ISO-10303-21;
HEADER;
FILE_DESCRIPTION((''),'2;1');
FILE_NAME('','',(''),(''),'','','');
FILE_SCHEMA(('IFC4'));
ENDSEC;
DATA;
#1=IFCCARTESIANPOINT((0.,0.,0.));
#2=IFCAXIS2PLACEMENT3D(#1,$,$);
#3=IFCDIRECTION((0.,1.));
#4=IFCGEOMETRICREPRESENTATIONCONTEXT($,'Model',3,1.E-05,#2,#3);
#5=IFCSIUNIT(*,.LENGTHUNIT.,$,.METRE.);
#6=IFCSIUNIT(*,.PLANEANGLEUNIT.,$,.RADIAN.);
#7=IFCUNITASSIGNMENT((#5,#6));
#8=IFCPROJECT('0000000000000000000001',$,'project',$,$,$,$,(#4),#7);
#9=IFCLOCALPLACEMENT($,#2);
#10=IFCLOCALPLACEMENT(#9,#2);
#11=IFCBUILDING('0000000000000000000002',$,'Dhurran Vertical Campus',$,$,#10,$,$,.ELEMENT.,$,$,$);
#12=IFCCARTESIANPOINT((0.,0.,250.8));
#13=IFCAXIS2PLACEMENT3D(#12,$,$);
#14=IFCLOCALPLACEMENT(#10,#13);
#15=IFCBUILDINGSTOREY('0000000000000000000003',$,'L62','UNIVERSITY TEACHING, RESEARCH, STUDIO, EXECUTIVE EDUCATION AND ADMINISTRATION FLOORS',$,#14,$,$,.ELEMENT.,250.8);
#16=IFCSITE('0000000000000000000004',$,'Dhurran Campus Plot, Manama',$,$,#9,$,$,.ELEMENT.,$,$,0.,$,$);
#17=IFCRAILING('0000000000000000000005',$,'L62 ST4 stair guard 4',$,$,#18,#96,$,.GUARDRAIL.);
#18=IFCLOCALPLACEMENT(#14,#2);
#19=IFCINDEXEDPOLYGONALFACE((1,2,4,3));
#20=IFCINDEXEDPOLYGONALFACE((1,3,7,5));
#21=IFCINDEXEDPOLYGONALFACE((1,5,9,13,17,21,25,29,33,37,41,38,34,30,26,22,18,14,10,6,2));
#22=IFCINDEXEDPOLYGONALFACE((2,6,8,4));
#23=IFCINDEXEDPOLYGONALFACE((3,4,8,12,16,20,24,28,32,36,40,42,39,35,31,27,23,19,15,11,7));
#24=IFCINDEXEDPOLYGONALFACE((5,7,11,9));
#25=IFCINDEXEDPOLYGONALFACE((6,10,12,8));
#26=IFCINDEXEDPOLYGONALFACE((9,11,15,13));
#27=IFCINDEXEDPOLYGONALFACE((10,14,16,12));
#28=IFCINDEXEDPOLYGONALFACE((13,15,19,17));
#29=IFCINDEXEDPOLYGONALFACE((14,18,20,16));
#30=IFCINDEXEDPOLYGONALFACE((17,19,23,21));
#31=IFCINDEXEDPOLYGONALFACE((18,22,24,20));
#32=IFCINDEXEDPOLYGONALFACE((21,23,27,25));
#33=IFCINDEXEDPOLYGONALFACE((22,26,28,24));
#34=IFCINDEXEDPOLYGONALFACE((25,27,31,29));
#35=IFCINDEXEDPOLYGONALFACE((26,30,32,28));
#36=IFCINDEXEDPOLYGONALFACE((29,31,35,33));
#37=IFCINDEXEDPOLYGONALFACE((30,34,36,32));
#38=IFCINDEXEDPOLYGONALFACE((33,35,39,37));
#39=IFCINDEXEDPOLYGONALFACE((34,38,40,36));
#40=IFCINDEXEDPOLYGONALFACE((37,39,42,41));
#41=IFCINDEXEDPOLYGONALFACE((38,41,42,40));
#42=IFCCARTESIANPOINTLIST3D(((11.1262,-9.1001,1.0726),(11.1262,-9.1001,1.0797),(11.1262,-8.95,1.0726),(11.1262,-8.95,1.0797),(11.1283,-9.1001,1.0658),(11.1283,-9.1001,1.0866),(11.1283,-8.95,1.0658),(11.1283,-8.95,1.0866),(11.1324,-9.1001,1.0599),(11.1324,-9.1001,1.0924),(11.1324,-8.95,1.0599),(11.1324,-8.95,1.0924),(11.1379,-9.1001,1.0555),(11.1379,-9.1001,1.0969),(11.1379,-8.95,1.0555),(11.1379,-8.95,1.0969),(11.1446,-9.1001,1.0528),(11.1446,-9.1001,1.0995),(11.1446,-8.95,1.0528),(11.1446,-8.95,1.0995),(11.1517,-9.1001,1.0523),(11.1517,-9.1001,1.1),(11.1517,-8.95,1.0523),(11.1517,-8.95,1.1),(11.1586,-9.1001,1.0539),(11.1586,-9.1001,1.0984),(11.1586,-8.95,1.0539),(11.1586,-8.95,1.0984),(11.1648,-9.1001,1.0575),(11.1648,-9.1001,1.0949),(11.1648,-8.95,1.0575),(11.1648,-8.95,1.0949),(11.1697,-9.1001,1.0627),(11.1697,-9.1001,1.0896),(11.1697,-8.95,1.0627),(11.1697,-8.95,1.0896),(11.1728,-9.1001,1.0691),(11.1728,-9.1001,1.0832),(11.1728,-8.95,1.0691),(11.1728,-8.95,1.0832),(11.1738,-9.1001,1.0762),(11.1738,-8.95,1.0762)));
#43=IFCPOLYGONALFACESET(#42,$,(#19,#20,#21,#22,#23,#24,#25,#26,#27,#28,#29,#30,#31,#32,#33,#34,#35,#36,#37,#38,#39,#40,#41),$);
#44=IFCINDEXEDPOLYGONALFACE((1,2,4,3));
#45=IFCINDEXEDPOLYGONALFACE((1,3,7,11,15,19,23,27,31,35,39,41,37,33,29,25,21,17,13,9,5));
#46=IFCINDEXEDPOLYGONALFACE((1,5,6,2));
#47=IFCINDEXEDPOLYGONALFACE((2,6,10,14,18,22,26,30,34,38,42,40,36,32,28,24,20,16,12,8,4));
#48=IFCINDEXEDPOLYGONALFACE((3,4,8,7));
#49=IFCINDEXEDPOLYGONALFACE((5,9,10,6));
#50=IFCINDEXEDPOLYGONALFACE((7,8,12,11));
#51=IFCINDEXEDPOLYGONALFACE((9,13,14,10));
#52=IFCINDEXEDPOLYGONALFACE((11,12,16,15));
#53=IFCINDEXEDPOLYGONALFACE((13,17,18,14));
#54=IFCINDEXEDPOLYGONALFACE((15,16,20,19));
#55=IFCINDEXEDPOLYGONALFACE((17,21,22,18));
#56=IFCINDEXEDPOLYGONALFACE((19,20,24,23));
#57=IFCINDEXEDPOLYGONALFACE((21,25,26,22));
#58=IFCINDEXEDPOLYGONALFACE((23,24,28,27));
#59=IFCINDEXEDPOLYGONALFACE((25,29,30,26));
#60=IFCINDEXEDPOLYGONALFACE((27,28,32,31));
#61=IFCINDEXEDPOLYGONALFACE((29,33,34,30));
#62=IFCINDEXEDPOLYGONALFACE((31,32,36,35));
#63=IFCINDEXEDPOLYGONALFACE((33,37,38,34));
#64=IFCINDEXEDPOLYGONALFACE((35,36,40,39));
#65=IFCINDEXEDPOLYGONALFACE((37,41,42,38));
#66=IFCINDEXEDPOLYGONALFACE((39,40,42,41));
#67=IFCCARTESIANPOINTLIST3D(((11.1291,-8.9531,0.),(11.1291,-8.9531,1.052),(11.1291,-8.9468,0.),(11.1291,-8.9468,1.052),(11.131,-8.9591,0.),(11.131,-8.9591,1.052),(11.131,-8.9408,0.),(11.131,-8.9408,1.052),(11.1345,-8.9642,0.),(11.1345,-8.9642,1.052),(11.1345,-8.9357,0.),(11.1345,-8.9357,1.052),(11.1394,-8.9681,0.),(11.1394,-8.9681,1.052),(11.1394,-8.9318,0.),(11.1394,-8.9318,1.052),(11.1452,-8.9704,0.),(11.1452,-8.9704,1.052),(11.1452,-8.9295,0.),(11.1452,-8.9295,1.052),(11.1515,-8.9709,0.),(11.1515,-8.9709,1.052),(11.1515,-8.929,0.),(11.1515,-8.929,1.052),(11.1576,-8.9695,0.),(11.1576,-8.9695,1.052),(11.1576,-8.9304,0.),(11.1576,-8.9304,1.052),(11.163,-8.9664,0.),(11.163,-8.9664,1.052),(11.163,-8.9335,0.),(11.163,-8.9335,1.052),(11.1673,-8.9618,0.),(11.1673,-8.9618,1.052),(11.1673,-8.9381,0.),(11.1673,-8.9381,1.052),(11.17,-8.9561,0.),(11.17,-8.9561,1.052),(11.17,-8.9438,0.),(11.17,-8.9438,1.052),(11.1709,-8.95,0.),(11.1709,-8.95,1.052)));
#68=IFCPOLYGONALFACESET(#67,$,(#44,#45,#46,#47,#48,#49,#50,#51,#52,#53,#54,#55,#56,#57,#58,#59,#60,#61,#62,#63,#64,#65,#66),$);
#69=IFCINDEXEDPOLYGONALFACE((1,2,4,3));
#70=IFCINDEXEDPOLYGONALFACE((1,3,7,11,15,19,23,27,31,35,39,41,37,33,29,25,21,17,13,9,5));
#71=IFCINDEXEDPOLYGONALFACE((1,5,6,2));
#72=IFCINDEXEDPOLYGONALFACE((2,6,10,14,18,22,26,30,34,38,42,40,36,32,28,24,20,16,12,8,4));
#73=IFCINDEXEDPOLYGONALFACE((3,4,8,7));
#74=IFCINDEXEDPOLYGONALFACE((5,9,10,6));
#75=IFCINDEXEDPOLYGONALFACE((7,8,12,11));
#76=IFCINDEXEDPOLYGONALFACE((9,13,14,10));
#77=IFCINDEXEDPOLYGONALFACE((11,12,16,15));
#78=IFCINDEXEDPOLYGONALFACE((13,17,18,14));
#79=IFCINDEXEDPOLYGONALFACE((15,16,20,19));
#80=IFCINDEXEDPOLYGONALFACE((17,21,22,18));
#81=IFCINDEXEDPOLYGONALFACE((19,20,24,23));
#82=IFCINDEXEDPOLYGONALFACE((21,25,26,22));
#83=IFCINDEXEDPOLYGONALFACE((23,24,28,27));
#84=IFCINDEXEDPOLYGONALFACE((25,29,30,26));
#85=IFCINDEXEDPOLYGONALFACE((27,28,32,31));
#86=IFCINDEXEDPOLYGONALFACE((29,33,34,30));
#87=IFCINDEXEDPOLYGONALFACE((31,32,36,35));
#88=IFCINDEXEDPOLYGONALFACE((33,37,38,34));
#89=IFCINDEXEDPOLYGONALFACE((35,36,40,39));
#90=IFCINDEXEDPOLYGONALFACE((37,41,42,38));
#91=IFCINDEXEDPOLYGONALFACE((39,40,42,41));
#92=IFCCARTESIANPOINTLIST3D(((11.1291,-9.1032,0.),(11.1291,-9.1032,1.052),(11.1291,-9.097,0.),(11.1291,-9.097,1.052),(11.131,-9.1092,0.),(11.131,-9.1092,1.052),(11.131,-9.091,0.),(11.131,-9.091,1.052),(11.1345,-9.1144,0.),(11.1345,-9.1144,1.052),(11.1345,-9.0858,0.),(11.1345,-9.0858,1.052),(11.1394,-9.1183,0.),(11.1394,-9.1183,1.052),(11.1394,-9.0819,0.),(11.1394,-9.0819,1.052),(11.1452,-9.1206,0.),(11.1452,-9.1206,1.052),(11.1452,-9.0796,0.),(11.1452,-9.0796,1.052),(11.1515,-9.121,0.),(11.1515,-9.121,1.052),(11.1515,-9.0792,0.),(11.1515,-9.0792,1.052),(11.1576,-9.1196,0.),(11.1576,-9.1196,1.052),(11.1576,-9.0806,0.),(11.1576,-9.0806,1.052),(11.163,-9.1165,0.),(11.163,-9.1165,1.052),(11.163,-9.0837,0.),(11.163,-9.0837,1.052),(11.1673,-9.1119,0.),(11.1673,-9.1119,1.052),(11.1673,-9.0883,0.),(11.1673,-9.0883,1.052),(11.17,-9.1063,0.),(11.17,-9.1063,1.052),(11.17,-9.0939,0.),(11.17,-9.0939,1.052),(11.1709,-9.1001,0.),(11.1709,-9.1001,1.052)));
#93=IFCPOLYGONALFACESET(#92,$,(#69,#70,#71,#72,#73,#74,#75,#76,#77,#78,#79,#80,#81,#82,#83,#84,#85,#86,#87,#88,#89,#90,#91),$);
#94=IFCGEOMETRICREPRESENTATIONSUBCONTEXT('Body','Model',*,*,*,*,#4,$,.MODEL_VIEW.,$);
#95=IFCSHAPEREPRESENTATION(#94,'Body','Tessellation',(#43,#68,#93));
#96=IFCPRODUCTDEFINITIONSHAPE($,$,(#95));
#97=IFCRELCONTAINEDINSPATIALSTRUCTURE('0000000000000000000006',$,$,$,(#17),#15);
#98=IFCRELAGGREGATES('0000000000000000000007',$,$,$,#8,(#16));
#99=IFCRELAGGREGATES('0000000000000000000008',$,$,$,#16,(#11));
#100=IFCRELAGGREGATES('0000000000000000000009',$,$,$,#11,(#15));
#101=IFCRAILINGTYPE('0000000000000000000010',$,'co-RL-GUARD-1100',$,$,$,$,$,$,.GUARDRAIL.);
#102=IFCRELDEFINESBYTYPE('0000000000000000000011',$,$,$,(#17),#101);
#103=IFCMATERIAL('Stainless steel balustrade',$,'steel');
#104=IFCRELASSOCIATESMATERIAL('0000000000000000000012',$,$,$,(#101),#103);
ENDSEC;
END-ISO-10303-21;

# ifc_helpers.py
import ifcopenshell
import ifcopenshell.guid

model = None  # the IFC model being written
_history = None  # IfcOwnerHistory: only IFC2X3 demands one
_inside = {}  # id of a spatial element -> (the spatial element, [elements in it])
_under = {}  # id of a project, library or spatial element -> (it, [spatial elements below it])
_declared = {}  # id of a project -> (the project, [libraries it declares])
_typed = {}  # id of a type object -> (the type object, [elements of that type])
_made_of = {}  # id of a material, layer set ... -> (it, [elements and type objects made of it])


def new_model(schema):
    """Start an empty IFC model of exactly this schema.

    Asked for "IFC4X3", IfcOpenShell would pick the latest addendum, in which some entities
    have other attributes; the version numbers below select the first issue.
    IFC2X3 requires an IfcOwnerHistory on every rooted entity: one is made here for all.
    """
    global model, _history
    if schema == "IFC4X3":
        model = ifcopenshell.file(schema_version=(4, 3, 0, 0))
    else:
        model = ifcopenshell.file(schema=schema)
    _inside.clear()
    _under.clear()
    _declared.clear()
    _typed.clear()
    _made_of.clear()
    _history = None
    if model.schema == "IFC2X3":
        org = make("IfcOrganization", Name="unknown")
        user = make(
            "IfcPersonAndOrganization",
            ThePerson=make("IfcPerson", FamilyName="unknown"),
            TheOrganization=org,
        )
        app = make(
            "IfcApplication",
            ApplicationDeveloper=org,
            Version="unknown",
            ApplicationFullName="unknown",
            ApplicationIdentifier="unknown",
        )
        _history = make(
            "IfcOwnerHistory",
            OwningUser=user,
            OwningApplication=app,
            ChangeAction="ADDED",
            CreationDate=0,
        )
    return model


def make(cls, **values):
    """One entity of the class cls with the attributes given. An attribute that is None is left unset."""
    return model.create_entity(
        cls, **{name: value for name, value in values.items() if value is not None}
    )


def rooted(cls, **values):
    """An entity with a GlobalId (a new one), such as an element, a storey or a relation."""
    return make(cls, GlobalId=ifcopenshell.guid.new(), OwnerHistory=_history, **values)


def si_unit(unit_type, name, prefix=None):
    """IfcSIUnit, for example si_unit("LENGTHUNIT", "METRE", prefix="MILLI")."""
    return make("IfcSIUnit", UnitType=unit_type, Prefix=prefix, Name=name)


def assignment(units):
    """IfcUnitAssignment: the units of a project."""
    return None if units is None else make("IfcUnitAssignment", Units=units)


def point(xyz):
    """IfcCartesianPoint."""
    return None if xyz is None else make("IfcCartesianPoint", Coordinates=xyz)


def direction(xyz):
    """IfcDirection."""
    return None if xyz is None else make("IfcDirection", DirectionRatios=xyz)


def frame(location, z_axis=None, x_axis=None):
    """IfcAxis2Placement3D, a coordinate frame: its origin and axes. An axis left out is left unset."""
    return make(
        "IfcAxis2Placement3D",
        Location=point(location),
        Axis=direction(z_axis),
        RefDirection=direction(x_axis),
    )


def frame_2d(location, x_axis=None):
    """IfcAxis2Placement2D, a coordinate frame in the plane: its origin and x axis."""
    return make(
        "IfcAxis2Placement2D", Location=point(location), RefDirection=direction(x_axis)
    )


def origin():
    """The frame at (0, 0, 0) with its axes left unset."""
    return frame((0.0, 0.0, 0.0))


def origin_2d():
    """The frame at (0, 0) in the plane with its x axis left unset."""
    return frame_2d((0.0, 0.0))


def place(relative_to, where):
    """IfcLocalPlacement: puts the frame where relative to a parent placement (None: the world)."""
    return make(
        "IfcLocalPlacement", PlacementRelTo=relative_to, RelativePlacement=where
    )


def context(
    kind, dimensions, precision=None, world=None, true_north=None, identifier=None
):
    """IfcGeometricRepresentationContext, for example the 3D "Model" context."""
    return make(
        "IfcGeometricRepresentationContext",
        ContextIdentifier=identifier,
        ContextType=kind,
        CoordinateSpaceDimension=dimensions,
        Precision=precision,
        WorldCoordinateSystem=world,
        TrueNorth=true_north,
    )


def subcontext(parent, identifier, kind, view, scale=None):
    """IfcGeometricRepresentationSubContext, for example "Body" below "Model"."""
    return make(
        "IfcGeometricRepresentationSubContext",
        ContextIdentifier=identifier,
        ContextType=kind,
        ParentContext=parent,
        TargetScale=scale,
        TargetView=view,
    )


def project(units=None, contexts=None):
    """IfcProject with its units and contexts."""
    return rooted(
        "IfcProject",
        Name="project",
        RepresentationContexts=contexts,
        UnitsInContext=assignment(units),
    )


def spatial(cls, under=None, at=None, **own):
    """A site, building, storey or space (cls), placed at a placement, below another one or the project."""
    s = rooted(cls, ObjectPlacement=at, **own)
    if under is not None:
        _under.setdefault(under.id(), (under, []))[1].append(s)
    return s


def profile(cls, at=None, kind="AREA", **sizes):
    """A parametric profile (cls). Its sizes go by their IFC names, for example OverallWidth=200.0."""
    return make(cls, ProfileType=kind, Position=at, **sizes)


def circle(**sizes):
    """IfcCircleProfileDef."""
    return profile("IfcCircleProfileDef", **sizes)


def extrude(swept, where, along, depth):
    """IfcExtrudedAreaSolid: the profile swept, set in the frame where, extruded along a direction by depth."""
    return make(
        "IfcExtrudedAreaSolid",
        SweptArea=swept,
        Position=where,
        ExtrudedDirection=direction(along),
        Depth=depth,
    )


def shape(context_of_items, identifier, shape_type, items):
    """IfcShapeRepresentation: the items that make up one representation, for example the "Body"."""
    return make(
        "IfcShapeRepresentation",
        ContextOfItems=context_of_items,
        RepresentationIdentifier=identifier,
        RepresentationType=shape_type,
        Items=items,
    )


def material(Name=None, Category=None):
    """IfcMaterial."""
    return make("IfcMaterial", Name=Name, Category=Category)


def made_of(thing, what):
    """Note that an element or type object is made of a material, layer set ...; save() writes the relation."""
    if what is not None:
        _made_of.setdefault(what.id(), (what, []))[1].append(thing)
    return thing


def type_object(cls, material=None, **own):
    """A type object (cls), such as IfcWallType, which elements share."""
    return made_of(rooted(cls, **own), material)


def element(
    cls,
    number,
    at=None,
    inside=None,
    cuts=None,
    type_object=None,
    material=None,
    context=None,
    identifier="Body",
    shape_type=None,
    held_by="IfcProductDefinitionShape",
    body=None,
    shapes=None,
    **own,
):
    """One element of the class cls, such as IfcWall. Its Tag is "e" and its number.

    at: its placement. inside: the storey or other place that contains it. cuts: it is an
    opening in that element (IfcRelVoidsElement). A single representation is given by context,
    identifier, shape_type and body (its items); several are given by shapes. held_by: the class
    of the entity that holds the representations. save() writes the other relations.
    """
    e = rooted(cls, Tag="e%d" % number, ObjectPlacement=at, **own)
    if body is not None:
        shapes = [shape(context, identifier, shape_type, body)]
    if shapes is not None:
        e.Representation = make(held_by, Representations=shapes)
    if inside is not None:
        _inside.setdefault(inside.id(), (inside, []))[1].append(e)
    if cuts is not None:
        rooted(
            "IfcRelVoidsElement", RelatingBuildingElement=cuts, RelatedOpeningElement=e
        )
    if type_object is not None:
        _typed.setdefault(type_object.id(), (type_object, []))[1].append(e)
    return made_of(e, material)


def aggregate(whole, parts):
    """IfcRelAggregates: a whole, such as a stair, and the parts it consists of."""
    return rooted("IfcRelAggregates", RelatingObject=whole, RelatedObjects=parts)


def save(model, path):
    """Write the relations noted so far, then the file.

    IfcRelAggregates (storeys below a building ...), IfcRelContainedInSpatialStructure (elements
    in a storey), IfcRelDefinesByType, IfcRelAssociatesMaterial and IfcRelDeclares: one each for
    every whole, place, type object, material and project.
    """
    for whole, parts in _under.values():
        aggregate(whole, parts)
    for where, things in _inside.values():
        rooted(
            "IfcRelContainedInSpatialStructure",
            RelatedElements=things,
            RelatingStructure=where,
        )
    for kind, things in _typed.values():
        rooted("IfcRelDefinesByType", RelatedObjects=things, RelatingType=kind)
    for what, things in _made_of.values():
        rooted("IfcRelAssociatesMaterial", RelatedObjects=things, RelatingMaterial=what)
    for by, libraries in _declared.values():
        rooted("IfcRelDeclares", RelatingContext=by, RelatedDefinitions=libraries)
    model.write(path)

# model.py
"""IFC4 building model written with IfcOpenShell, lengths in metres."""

from ifc_helpers import new_model, si_unit, direction, frame, origin, origin_2d, place, context, subcontext, project, spatial, circle, extrude, material, type_object, element, save


model = new_model("IFC4")

# Units and contexts
model_context = context("Model", 3, precision=1e-05, world=origin(), true_north=direction((0.0, 1.0)))
body_context = subcontext(model_context, "Body", "Model", "MODEL_VIEW")
ifc_project = project(units=[si_unit("LENGTHUNIT", "METRE"), si_unit("PLANEANGLEUNIT", "RADIAN")], contexts=[model_context])

# Site, building, storey
site_placement = place(None, origin())
site = spatial("IfcSite", under=ifc_project, at=site_placement, Name="Dhurran Campus Plot, Manama", CompositionType="ELEMENT", RefElevation=0.0)
building_placement = place(site_placement, origin())
building = spatial("IfcBuilding", under=site, at=building_placement, Name="Dhurran Vertical Campus", CompositionType="ELEMENT")
storey_placement = place(building_placement, frame((0.0, 0.0, 250.8)))
storey = spatial("IfcBuildingStorey", under=building, at=storey_placement, Name="L62", Description="UNIVERSITY TEACHING, RESEARCH, STUDIO, EXECUTIVE EDUCATION AND ADMINISTRATION FLOORS", CompositionType="ELEMENT", Elevation=250.8)

# Railing
ifc_material_1 = material(Name="Stainless steel balustrade", Category="steel")
railing_type_1 = type_object("IfcRailingType", Name="co-RL-GUARD-1100", PredefinedType="GUARDRAIL", material=ifc_material_1)
railing_1_placement = place(storey_placement, frame((11.1499, -8.95, 0.0)))
element("IfcRailing", 1, at=railing_1_placement, inside=storey, type_object=railing_type_1, Name="L62 ST4 stair guard 4", PredefinedType="GUARDRAIL", context=body_context, shape_type="SweptSolid", body=[
    extrude(circle(Radius=0.0239, at=origin_2d()), frame((0.0, 0.0, 1.0762), z_axis=(0.0, -1.0, 0.0), x_axis=(1.0, 0.0, 0.0)), (0.0, 0.0, 1.0), 0.1501),
    extrude(circle(Radius=0.021, at=origin_2d()), origin(), (0.0, 0.0, 1.0), 1.052),
    extrude(circle(Radius=0.021, at=origin_2d()), frame((0.0, -0.1501, 0.0)), (0.0, 0.0, 1.0), 1.052),
])

save(model, "model.ifc")
